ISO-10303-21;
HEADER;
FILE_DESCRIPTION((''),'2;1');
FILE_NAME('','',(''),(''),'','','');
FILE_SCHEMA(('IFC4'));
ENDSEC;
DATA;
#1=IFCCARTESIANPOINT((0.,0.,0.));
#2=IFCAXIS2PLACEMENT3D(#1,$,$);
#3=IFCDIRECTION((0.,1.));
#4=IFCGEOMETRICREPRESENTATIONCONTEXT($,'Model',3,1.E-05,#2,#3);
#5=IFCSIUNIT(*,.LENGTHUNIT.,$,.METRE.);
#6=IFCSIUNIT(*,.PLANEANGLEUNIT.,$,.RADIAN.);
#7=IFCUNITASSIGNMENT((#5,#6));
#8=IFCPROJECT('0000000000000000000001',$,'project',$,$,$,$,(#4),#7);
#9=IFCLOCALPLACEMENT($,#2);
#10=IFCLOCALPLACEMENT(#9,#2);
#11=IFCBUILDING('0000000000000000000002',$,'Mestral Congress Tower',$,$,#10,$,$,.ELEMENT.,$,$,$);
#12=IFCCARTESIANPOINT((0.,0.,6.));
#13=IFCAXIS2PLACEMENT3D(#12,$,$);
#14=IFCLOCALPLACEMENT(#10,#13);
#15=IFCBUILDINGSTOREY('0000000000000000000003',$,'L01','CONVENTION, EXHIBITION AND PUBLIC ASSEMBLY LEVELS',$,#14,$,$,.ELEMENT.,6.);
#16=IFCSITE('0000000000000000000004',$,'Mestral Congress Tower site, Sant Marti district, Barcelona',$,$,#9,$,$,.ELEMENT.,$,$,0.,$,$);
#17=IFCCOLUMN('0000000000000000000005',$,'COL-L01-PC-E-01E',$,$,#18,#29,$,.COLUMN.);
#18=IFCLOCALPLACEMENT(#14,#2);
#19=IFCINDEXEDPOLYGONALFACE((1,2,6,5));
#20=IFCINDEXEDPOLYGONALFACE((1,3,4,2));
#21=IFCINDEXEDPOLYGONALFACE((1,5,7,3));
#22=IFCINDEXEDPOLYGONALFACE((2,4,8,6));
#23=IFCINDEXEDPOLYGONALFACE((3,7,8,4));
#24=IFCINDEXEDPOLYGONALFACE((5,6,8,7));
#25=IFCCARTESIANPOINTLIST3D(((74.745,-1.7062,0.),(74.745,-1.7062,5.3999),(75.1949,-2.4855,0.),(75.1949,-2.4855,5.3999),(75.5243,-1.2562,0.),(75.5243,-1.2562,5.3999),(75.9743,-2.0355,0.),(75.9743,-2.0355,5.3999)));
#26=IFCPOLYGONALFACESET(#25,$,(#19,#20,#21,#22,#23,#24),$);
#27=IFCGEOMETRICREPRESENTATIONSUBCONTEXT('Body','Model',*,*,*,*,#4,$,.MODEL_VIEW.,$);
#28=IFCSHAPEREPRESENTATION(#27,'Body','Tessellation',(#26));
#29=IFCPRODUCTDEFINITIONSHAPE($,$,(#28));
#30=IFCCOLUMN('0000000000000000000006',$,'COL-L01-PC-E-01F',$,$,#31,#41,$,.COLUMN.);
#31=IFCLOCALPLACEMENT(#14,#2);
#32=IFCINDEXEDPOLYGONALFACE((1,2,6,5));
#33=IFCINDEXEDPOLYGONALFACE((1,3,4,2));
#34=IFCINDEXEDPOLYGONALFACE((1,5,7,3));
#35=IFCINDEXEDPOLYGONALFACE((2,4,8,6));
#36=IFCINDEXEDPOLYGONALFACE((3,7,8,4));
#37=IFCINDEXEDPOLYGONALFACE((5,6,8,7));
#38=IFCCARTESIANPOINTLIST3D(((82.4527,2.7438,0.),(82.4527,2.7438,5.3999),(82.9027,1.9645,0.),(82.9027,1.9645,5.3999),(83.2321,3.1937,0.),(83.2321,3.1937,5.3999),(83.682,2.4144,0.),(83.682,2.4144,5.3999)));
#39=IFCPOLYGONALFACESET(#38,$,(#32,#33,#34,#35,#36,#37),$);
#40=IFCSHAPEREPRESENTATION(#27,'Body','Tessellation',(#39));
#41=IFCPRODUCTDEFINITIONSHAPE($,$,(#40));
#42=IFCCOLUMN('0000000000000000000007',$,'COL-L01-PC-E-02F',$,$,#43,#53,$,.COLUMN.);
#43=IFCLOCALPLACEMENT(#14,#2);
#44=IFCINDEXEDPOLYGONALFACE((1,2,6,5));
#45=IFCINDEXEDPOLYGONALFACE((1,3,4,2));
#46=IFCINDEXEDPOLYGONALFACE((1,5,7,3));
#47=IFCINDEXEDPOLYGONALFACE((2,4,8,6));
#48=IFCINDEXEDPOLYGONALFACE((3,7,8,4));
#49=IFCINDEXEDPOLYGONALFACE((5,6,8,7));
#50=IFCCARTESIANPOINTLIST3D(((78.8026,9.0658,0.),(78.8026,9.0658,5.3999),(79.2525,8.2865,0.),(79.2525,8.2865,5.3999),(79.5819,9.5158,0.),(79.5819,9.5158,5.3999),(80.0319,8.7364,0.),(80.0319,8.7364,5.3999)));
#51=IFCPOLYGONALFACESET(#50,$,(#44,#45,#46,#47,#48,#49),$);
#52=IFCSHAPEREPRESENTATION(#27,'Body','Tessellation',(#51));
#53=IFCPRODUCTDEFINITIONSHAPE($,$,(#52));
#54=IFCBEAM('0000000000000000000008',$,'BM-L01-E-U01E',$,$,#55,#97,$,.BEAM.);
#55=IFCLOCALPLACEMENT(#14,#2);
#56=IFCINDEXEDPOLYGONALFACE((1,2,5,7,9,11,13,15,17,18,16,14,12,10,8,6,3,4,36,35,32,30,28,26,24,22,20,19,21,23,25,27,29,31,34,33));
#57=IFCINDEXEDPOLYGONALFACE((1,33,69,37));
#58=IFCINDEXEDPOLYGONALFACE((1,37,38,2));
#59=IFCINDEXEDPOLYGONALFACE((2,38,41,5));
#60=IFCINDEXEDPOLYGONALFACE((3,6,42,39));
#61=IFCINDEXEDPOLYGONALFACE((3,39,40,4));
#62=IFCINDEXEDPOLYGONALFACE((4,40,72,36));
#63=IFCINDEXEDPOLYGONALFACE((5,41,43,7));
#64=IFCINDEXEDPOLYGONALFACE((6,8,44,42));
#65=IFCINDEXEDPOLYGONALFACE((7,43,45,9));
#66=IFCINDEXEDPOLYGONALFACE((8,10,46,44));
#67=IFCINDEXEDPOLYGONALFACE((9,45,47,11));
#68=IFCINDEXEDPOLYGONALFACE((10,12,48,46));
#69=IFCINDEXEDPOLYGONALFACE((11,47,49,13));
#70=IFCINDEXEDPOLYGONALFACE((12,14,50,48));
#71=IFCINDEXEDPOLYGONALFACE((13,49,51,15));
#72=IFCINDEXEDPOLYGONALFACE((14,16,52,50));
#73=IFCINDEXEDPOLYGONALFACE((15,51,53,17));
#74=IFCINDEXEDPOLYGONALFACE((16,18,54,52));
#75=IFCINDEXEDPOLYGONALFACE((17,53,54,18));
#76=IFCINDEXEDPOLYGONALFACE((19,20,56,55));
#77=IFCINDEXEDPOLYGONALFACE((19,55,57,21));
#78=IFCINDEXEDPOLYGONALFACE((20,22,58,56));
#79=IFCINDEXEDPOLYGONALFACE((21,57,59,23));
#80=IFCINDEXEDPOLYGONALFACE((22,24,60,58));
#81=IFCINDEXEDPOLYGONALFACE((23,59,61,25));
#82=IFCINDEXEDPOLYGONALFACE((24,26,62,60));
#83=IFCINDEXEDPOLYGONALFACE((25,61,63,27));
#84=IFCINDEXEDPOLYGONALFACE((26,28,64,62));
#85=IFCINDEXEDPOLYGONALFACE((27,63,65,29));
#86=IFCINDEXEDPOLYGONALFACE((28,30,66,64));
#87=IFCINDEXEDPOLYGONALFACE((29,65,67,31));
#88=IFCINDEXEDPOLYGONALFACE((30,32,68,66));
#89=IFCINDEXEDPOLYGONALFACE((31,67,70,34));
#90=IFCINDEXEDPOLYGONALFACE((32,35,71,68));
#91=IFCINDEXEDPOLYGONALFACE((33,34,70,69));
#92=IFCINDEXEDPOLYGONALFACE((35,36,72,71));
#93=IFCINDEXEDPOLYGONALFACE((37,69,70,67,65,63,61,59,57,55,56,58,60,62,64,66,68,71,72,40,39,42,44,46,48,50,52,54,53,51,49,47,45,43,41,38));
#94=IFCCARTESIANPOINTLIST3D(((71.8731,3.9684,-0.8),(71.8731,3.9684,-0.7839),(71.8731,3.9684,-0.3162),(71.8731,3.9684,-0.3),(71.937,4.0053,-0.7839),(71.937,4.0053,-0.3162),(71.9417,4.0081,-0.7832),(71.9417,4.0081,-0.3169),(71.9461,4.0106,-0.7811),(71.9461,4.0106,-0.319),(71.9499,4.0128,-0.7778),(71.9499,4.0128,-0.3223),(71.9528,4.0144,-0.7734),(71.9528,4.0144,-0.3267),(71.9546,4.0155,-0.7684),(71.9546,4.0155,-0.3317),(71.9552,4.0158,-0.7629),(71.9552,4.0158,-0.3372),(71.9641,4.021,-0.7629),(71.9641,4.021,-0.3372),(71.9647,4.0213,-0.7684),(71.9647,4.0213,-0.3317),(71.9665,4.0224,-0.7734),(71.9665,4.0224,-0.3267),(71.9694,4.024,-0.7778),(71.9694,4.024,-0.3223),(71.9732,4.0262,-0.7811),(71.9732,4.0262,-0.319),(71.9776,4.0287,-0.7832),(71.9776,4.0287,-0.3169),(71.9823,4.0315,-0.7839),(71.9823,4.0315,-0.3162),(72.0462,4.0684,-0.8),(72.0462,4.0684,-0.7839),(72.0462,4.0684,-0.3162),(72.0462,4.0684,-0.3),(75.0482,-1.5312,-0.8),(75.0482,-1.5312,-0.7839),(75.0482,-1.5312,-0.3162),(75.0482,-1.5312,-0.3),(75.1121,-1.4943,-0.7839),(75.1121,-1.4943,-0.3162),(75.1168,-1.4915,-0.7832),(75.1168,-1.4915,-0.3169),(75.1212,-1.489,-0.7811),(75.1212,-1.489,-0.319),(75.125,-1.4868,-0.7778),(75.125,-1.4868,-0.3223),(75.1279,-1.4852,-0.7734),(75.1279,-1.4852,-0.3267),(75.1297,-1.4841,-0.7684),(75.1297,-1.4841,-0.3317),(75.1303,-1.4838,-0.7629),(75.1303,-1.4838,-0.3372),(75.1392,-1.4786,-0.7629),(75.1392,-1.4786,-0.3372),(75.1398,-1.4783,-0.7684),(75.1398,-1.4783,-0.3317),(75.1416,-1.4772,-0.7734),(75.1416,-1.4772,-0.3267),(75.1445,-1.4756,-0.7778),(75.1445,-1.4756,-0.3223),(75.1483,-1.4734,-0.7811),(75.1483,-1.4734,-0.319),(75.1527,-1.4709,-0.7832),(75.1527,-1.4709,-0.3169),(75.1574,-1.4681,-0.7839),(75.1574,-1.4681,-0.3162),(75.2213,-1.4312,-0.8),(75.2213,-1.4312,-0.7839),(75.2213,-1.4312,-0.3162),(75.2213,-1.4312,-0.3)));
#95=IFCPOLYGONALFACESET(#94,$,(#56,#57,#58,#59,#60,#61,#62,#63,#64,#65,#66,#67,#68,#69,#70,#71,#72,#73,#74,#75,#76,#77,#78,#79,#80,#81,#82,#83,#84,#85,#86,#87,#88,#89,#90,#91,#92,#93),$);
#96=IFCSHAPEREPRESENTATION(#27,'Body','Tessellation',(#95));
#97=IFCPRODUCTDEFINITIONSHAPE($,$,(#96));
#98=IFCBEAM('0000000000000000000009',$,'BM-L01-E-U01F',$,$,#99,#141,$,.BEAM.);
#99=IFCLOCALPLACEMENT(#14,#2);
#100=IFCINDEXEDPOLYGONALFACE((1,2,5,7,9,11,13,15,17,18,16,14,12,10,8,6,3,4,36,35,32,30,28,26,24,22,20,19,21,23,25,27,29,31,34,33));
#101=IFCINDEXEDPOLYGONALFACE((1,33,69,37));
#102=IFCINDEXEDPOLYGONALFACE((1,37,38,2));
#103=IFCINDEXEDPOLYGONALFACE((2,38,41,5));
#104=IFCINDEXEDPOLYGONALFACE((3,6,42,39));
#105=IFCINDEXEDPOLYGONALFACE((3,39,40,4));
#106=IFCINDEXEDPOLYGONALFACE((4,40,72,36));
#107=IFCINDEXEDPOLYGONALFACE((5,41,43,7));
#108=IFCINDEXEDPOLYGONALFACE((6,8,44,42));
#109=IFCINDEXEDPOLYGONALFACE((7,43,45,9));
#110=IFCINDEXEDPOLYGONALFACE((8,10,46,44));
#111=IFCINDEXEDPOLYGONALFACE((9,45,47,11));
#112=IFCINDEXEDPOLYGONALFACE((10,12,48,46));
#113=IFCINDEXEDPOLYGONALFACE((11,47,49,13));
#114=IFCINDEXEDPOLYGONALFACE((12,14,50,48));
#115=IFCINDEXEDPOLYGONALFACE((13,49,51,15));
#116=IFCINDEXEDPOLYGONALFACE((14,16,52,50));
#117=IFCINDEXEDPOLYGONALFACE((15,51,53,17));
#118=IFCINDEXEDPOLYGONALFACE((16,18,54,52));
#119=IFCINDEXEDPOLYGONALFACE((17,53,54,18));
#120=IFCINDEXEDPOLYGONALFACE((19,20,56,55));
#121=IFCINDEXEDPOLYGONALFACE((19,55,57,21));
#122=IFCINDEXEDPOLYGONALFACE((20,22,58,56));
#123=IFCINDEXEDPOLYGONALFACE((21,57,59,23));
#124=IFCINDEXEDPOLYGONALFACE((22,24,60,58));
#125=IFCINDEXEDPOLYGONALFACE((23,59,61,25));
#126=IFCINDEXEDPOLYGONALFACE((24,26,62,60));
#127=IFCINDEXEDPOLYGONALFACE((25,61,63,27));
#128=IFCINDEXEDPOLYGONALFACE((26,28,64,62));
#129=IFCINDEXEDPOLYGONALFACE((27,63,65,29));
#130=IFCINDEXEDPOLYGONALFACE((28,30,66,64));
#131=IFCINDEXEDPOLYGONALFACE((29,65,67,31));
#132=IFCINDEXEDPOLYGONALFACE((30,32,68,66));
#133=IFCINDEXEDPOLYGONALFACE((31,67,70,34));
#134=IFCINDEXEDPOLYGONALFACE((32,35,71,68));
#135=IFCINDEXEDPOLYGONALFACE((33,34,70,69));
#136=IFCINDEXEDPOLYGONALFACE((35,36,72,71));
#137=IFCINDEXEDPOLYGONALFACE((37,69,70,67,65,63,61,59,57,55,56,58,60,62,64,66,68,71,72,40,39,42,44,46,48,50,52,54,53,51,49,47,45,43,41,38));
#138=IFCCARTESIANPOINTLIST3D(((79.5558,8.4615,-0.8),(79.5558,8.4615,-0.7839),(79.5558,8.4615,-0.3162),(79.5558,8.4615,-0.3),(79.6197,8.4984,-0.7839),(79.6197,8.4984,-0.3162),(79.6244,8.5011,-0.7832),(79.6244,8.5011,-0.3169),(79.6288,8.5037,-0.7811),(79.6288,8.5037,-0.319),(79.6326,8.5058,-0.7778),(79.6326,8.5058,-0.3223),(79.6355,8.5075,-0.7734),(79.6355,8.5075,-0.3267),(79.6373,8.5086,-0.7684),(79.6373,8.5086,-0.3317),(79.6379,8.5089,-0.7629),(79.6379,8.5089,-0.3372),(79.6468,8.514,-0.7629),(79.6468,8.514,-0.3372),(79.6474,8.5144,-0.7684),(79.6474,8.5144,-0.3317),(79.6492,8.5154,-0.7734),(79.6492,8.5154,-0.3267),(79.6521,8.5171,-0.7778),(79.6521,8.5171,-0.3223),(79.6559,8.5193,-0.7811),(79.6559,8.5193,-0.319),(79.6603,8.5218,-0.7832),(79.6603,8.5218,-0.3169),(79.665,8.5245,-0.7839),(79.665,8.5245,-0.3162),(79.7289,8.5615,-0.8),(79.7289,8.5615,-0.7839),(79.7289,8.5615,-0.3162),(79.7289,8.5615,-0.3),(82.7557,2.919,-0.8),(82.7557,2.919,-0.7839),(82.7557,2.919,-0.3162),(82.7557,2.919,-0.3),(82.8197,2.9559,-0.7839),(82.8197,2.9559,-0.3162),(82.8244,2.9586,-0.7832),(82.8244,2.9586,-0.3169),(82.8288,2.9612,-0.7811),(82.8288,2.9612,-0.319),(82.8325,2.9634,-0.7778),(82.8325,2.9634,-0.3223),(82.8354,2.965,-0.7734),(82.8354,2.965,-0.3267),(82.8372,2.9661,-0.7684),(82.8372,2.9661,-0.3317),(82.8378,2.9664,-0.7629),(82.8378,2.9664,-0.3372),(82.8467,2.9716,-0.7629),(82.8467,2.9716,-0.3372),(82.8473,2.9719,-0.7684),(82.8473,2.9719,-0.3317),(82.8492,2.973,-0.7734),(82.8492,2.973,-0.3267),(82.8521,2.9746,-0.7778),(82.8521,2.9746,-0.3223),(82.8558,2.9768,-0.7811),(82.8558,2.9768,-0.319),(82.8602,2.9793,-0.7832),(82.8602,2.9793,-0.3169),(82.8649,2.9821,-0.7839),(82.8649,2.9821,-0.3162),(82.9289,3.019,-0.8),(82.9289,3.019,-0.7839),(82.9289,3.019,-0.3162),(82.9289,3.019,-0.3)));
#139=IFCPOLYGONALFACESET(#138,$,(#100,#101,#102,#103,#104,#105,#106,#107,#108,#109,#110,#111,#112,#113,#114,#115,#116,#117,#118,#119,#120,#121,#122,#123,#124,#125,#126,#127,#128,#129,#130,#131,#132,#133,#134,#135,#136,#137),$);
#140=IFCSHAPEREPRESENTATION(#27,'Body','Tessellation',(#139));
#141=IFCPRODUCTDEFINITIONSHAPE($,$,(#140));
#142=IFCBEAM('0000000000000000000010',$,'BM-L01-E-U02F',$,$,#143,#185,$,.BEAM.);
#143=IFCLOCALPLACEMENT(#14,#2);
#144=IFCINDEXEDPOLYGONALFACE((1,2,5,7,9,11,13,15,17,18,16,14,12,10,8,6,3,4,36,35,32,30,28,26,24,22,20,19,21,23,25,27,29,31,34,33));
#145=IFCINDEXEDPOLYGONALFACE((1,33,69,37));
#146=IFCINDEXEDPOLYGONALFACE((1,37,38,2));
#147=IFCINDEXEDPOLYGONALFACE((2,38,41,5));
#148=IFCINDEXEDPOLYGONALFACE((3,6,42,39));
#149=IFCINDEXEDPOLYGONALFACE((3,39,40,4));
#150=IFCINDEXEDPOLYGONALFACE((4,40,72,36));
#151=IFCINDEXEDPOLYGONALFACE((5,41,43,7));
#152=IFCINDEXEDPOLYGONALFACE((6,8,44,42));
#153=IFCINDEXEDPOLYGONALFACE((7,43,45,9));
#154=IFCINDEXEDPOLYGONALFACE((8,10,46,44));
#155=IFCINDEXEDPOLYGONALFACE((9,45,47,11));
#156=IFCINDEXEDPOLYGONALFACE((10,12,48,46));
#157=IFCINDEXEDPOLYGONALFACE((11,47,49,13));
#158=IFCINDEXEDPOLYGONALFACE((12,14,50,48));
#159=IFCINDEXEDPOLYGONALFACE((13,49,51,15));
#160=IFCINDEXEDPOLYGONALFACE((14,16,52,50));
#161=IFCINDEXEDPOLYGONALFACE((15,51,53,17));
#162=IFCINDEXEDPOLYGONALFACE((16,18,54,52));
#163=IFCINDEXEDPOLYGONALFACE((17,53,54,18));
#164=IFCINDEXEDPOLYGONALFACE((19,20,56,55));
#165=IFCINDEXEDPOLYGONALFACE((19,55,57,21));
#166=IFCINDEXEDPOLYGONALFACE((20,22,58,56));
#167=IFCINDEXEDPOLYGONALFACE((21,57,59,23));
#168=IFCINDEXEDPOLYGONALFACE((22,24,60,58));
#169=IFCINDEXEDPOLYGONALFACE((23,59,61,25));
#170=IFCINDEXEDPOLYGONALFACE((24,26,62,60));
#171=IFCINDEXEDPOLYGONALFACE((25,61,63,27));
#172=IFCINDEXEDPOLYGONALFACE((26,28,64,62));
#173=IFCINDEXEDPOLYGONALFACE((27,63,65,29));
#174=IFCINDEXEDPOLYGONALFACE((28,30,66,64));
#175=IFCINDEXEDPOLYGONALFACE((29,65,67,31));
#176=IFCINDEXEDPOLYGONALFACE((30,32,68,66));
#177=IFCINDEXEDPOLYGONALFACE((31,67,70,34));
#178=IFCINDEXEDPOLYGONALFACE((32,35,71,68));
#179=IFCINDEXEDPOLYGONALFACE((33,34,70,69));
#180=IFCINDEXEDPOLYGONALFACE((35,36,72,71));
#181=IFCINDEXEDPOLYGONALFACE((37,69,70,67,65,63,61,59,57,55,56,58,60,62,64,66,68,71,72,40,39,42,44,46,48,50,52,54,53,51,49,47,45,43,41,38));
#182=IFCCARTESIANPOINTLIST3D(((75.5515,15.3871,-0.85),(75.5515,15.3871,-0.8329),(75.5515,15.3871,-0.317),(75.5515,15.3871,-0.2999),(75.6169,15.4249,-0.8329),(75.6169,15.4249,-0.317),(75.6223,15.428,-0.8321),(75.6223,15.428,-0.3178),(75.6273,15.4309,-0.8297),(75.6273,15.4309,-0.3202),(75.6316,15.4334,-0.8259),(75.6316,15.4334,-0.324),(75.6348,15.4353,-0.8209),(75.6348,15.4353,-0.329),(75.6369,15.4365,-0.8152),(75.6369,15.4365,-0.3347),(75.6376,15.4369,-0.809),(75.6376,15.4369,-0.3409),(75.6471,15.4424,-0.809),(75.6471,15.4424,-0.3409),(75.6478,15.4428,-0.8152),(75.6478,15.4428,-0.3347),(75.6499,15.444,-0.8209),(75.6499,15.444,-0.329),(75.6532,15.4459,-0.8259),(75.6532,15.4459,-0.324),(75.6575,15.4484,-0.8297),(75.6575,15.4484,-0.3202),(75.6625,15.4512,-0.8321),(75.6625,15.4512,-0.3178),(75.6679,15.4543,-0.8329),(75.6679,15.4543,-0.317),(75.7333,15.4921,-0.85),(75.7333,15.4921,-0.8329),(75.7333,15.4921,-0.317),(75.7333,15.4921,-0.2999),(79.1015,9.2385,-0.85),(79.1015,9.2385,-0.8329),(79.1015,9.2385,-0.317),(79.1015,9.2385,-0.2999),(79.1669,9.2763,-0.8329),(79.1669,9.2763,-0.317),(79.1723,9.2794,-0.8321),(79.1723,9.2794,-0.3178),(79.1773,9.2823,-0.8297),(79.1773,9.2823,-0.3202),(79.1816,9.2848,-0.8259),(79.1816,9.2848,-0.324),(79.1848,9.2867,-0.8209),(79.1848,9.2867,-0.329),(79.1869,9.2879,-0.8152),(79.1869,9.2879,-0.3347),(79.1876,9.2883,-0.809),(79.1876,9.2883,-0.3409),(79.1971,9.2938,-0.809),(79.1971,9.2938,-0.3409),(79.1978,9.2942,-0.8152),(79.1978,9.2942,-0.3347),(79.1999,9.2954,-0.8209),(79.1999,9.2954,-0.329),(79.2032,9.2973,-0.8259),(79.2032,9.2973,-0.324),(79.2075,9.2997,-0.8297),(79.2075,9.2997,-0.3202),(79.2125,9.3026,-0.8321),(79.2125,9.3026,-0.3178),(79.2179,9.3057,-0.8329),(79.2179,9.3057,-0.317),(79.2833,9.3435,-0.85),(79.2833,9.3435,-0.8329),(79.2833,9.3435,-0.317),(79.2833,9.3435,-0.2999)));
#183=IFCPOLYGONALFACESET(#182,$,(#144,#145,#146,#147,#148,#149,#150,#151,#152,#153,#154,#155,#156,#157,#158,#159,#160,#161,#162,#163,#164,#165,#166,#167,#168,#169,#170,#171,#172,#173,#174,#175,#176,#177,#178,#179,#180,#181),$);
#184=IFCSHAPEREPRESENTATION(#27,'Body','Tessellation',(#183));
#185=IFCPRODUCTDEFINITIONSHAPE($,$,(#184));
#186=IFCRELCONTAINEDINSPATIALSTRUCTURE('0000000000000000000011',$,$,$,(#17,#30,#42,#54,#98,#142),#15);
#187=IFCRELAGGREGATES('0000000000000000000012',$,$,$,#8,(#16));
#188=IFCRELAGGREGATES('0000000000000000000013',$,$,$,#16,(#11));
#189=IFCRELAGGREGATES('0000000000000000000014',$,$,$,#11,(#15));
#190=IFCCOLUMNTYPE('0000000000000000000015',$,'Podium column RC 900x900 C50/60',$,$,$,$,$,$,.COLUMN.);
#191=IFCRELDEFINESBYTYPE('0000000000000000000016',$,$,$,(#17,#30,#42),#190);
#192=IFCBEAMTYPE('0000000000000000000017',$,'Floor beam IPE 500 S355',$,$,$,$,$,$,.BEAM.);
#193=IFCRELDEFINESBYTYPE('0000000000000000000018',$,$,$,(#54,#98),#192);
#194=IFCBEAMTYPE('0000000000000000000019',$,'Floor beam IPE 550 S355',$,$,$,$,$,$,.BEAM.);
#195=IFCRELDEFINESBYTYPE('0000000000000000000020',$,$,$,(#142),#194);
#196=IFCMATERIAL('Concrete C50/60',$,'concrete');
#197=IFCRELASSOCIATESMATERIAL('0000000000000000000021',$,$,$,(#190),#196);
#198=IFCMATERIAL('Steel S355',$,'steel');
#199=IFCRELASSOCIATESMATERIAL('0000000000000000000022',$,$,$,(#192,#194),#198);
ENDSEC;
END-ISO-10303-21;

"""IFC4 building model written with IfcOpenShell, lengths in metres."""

from ifc_helpers import new_model, si_unit, direction, frame, origin, origin_2d, place, context, subcontext, project, spatial, rectangle, i_section, extrude, material, material_profile, profile_set, type_object, element, save


model = new_model("IFC4")

# Units and contexts
model_context = context("Model", 3, precision=1e-05, world=origin(), true_north=direction((0.0, 1.0)))
body_context = subcontext(model_context, "Body", "Model", "MODEL_VIEW")
ifc_project = project(units=[si_unit("LENGTHUNIT", "METRE"), si_unit("PLANEANGLEUNIT", "RADIAN")], contexts=[model_context])

# Site, building, storey
site_placement = place(None, origin())
site = spatial("IfcSite", under=ifc_project, at=site_placement, Name="Mestral Congress Tower site, Sant Marti district, Barcelona", CompositionType="ELEMENT", RefElevation=0.0)
building_placement = place(site_placement, origin())
building = spatial("IfcBuilding", under=site, at=building_placement, Name="Mestral Congress Tower", CompositionType="ELEMENT")
storey_placement = place(building_placement, frame((0.0, 0.0, 6.0)))
storey = spatial("IfcBuildingStorey", under=building, at=storey_placement, Name="L01", Description="CONVENTION, EXHIBITION AND PUBLIC ASSEMBLY LEVELS", CompositionType="ELEMENT", Elevation=6.0)

# Columns
ifc_material_1 = material(Name="Concrete C50/60", Category="concrete")
ifc_material_profile_1 = material_profile(ifc_material_1, rectangle(XDim=0.8999, YDim=0.8999, at=origin_2d()), Name="RC 900x900")
ifc_profile_set_1 = profile_set([ifc_material_profile_1], Name="Concrete C50/60")
column_type = type_object("IfcColumnType", Name="Podium column RC 900x900 C50/60", PredefinedType="COLUMN", material=ifc_profile_set_1)
for number, where, z_axis, x_axis, name in (
    (1, (75.3596, -1.8708, 0.0), (0.0, 0.0, 1.0), (-0.5, 0.866025, 0.0), "COL-L01-PC-E-01E"),
    (2, (83.0674, 2.5791, 0.0), (0.0, 0.0, 1.0), (-0.5, 0.866025, 0.0), "COL-L01-PC-E-01F"),
    (3, (79.4172, 8.9011, 0.0), (0.0, 0.0, 1.0), (-0.5, 0.866025, 0.0), "COL-L01-PC-E-02F"),
):
    element("IfcColumn", number, at=place(storey_placement, frame(where, z_axis=z_axis, x_axis=x_axis)), inside=storey, type_object=column_type, Name=name, PredefinedType="COLUMN", context=body_context, shape_type="SweptSolid", body=[
        extrude(rectangle(XDim=0.8999, YDim=0.8999, at=origin_2d()), origin(), (0.0, 0.0, 1.0), 5.3999),
    ])

# Beams
ifc_material_2 = material(Name="Steel S355", Category="steel")
ifc_material_profile_2 = material_profile(ifc_material_2, i_section(OverallWidth=0.2, OverallDepth=0.5, WebThickness=0.0103, FlangeThickness=0.0161, FilletRadius=0.021, at=origin_2d()), Name="IPE 500")
ifc_profile_set_2 = profile_set([ifc_material_profile_2], Name="Steel S355")
beam_type_1 = type_object("IfcBeamType", Name="Floor beam IPE 500 S355", PredefinedType="BEAM", material=ifc_profile_set_2)
beam_1_placement = place(storey_placement, frame((75.1348, -1.4812, -0.55), z_axis=(-0.499989, 0.866032, 0.0), x_axis=(-0.866032, -0.499989, 0.0)))
element("IfcBeam", 4, at=beam_1_placement, inside=storey, type_object=beam_type_1, Name="BM-L01-E-U01E", PredefinedType="BEAM", context=body_context, shape_type="SweptSolid", body=[
    extrude(i_section(OverallWidth=0.2, OverallDepth=0.5, WebThickness=0.0103, FlangeThickness=0.0161, FilletRadius=0.021, at=origin_2d()), origin(), (0.0, 0.0, 1.0), 6.3503),
])
beam_2_placement = place(storey_placement, frame((82.8423, 2.969, -0.55), z_axis=(-0.5, 0.866025, 0.0), x_axis=(-0.866025, -0.5, 0.0)))
element("IfcBeam", 5, at=beam_2_placement, inside=storey, type_object=beam_type_1, Name="BM-L01-E-U01F", PredefinedType="BEAM", context=body_context, shape_type="SweptSolid", body=[
    extrude(i_section(OverallWidth=0.2, OverallDepth=0.5, WebThickness=0.0103, FlangeThickness=0.0161, FilletRadius=0.021, at=origin_2d()), origin(), (0.0, 0.0, 1.0), 6.3999),
])
ifc_material_profile_3 = material_profile(ifc_material_2, i_section(OverallWidth=0.21, OverallDepth=0.55, WebThickness=0.011, FlangeThickness=0.0171, FilletRadius=0.0239, at=origin_2d()), Name="IPE 550")
ifc_profile_set_3 = profile_set([ifc_material_profile_3], Name="Steel S355")
beam_type_2 = type_object("IfcBeamType", Name="Floor beam IPE 550 S355", PredefinedType="BEAM", material=ifc_profile_set_3)
beam_3_placement = place(storey_placement, frame((79.1924, 9.291, -0.575), z_axis=(-0.500011, 0.866019, 0.0), x_axis=(-0.866019, -0.500011, 0.0)))
element("IfcBeam", 6, at=beam_3_placement, inside=storey, type_object=beam_type_2, Name="BM-L01-E-U02F", PredefinedType="BEAM", context=body_context, shape_type="SweptSolid", body=[
    extrude(i_section(OverallWidth=0.21, OverallDepth=0.55, WebThickness=0.011, FlangeThickness=0.0171, FilletRadius=0.0239, at=origin_2d()), origin(), (0.0, 0.0, 1.0), 7.0999),
])

save(model, "model.ifc")
